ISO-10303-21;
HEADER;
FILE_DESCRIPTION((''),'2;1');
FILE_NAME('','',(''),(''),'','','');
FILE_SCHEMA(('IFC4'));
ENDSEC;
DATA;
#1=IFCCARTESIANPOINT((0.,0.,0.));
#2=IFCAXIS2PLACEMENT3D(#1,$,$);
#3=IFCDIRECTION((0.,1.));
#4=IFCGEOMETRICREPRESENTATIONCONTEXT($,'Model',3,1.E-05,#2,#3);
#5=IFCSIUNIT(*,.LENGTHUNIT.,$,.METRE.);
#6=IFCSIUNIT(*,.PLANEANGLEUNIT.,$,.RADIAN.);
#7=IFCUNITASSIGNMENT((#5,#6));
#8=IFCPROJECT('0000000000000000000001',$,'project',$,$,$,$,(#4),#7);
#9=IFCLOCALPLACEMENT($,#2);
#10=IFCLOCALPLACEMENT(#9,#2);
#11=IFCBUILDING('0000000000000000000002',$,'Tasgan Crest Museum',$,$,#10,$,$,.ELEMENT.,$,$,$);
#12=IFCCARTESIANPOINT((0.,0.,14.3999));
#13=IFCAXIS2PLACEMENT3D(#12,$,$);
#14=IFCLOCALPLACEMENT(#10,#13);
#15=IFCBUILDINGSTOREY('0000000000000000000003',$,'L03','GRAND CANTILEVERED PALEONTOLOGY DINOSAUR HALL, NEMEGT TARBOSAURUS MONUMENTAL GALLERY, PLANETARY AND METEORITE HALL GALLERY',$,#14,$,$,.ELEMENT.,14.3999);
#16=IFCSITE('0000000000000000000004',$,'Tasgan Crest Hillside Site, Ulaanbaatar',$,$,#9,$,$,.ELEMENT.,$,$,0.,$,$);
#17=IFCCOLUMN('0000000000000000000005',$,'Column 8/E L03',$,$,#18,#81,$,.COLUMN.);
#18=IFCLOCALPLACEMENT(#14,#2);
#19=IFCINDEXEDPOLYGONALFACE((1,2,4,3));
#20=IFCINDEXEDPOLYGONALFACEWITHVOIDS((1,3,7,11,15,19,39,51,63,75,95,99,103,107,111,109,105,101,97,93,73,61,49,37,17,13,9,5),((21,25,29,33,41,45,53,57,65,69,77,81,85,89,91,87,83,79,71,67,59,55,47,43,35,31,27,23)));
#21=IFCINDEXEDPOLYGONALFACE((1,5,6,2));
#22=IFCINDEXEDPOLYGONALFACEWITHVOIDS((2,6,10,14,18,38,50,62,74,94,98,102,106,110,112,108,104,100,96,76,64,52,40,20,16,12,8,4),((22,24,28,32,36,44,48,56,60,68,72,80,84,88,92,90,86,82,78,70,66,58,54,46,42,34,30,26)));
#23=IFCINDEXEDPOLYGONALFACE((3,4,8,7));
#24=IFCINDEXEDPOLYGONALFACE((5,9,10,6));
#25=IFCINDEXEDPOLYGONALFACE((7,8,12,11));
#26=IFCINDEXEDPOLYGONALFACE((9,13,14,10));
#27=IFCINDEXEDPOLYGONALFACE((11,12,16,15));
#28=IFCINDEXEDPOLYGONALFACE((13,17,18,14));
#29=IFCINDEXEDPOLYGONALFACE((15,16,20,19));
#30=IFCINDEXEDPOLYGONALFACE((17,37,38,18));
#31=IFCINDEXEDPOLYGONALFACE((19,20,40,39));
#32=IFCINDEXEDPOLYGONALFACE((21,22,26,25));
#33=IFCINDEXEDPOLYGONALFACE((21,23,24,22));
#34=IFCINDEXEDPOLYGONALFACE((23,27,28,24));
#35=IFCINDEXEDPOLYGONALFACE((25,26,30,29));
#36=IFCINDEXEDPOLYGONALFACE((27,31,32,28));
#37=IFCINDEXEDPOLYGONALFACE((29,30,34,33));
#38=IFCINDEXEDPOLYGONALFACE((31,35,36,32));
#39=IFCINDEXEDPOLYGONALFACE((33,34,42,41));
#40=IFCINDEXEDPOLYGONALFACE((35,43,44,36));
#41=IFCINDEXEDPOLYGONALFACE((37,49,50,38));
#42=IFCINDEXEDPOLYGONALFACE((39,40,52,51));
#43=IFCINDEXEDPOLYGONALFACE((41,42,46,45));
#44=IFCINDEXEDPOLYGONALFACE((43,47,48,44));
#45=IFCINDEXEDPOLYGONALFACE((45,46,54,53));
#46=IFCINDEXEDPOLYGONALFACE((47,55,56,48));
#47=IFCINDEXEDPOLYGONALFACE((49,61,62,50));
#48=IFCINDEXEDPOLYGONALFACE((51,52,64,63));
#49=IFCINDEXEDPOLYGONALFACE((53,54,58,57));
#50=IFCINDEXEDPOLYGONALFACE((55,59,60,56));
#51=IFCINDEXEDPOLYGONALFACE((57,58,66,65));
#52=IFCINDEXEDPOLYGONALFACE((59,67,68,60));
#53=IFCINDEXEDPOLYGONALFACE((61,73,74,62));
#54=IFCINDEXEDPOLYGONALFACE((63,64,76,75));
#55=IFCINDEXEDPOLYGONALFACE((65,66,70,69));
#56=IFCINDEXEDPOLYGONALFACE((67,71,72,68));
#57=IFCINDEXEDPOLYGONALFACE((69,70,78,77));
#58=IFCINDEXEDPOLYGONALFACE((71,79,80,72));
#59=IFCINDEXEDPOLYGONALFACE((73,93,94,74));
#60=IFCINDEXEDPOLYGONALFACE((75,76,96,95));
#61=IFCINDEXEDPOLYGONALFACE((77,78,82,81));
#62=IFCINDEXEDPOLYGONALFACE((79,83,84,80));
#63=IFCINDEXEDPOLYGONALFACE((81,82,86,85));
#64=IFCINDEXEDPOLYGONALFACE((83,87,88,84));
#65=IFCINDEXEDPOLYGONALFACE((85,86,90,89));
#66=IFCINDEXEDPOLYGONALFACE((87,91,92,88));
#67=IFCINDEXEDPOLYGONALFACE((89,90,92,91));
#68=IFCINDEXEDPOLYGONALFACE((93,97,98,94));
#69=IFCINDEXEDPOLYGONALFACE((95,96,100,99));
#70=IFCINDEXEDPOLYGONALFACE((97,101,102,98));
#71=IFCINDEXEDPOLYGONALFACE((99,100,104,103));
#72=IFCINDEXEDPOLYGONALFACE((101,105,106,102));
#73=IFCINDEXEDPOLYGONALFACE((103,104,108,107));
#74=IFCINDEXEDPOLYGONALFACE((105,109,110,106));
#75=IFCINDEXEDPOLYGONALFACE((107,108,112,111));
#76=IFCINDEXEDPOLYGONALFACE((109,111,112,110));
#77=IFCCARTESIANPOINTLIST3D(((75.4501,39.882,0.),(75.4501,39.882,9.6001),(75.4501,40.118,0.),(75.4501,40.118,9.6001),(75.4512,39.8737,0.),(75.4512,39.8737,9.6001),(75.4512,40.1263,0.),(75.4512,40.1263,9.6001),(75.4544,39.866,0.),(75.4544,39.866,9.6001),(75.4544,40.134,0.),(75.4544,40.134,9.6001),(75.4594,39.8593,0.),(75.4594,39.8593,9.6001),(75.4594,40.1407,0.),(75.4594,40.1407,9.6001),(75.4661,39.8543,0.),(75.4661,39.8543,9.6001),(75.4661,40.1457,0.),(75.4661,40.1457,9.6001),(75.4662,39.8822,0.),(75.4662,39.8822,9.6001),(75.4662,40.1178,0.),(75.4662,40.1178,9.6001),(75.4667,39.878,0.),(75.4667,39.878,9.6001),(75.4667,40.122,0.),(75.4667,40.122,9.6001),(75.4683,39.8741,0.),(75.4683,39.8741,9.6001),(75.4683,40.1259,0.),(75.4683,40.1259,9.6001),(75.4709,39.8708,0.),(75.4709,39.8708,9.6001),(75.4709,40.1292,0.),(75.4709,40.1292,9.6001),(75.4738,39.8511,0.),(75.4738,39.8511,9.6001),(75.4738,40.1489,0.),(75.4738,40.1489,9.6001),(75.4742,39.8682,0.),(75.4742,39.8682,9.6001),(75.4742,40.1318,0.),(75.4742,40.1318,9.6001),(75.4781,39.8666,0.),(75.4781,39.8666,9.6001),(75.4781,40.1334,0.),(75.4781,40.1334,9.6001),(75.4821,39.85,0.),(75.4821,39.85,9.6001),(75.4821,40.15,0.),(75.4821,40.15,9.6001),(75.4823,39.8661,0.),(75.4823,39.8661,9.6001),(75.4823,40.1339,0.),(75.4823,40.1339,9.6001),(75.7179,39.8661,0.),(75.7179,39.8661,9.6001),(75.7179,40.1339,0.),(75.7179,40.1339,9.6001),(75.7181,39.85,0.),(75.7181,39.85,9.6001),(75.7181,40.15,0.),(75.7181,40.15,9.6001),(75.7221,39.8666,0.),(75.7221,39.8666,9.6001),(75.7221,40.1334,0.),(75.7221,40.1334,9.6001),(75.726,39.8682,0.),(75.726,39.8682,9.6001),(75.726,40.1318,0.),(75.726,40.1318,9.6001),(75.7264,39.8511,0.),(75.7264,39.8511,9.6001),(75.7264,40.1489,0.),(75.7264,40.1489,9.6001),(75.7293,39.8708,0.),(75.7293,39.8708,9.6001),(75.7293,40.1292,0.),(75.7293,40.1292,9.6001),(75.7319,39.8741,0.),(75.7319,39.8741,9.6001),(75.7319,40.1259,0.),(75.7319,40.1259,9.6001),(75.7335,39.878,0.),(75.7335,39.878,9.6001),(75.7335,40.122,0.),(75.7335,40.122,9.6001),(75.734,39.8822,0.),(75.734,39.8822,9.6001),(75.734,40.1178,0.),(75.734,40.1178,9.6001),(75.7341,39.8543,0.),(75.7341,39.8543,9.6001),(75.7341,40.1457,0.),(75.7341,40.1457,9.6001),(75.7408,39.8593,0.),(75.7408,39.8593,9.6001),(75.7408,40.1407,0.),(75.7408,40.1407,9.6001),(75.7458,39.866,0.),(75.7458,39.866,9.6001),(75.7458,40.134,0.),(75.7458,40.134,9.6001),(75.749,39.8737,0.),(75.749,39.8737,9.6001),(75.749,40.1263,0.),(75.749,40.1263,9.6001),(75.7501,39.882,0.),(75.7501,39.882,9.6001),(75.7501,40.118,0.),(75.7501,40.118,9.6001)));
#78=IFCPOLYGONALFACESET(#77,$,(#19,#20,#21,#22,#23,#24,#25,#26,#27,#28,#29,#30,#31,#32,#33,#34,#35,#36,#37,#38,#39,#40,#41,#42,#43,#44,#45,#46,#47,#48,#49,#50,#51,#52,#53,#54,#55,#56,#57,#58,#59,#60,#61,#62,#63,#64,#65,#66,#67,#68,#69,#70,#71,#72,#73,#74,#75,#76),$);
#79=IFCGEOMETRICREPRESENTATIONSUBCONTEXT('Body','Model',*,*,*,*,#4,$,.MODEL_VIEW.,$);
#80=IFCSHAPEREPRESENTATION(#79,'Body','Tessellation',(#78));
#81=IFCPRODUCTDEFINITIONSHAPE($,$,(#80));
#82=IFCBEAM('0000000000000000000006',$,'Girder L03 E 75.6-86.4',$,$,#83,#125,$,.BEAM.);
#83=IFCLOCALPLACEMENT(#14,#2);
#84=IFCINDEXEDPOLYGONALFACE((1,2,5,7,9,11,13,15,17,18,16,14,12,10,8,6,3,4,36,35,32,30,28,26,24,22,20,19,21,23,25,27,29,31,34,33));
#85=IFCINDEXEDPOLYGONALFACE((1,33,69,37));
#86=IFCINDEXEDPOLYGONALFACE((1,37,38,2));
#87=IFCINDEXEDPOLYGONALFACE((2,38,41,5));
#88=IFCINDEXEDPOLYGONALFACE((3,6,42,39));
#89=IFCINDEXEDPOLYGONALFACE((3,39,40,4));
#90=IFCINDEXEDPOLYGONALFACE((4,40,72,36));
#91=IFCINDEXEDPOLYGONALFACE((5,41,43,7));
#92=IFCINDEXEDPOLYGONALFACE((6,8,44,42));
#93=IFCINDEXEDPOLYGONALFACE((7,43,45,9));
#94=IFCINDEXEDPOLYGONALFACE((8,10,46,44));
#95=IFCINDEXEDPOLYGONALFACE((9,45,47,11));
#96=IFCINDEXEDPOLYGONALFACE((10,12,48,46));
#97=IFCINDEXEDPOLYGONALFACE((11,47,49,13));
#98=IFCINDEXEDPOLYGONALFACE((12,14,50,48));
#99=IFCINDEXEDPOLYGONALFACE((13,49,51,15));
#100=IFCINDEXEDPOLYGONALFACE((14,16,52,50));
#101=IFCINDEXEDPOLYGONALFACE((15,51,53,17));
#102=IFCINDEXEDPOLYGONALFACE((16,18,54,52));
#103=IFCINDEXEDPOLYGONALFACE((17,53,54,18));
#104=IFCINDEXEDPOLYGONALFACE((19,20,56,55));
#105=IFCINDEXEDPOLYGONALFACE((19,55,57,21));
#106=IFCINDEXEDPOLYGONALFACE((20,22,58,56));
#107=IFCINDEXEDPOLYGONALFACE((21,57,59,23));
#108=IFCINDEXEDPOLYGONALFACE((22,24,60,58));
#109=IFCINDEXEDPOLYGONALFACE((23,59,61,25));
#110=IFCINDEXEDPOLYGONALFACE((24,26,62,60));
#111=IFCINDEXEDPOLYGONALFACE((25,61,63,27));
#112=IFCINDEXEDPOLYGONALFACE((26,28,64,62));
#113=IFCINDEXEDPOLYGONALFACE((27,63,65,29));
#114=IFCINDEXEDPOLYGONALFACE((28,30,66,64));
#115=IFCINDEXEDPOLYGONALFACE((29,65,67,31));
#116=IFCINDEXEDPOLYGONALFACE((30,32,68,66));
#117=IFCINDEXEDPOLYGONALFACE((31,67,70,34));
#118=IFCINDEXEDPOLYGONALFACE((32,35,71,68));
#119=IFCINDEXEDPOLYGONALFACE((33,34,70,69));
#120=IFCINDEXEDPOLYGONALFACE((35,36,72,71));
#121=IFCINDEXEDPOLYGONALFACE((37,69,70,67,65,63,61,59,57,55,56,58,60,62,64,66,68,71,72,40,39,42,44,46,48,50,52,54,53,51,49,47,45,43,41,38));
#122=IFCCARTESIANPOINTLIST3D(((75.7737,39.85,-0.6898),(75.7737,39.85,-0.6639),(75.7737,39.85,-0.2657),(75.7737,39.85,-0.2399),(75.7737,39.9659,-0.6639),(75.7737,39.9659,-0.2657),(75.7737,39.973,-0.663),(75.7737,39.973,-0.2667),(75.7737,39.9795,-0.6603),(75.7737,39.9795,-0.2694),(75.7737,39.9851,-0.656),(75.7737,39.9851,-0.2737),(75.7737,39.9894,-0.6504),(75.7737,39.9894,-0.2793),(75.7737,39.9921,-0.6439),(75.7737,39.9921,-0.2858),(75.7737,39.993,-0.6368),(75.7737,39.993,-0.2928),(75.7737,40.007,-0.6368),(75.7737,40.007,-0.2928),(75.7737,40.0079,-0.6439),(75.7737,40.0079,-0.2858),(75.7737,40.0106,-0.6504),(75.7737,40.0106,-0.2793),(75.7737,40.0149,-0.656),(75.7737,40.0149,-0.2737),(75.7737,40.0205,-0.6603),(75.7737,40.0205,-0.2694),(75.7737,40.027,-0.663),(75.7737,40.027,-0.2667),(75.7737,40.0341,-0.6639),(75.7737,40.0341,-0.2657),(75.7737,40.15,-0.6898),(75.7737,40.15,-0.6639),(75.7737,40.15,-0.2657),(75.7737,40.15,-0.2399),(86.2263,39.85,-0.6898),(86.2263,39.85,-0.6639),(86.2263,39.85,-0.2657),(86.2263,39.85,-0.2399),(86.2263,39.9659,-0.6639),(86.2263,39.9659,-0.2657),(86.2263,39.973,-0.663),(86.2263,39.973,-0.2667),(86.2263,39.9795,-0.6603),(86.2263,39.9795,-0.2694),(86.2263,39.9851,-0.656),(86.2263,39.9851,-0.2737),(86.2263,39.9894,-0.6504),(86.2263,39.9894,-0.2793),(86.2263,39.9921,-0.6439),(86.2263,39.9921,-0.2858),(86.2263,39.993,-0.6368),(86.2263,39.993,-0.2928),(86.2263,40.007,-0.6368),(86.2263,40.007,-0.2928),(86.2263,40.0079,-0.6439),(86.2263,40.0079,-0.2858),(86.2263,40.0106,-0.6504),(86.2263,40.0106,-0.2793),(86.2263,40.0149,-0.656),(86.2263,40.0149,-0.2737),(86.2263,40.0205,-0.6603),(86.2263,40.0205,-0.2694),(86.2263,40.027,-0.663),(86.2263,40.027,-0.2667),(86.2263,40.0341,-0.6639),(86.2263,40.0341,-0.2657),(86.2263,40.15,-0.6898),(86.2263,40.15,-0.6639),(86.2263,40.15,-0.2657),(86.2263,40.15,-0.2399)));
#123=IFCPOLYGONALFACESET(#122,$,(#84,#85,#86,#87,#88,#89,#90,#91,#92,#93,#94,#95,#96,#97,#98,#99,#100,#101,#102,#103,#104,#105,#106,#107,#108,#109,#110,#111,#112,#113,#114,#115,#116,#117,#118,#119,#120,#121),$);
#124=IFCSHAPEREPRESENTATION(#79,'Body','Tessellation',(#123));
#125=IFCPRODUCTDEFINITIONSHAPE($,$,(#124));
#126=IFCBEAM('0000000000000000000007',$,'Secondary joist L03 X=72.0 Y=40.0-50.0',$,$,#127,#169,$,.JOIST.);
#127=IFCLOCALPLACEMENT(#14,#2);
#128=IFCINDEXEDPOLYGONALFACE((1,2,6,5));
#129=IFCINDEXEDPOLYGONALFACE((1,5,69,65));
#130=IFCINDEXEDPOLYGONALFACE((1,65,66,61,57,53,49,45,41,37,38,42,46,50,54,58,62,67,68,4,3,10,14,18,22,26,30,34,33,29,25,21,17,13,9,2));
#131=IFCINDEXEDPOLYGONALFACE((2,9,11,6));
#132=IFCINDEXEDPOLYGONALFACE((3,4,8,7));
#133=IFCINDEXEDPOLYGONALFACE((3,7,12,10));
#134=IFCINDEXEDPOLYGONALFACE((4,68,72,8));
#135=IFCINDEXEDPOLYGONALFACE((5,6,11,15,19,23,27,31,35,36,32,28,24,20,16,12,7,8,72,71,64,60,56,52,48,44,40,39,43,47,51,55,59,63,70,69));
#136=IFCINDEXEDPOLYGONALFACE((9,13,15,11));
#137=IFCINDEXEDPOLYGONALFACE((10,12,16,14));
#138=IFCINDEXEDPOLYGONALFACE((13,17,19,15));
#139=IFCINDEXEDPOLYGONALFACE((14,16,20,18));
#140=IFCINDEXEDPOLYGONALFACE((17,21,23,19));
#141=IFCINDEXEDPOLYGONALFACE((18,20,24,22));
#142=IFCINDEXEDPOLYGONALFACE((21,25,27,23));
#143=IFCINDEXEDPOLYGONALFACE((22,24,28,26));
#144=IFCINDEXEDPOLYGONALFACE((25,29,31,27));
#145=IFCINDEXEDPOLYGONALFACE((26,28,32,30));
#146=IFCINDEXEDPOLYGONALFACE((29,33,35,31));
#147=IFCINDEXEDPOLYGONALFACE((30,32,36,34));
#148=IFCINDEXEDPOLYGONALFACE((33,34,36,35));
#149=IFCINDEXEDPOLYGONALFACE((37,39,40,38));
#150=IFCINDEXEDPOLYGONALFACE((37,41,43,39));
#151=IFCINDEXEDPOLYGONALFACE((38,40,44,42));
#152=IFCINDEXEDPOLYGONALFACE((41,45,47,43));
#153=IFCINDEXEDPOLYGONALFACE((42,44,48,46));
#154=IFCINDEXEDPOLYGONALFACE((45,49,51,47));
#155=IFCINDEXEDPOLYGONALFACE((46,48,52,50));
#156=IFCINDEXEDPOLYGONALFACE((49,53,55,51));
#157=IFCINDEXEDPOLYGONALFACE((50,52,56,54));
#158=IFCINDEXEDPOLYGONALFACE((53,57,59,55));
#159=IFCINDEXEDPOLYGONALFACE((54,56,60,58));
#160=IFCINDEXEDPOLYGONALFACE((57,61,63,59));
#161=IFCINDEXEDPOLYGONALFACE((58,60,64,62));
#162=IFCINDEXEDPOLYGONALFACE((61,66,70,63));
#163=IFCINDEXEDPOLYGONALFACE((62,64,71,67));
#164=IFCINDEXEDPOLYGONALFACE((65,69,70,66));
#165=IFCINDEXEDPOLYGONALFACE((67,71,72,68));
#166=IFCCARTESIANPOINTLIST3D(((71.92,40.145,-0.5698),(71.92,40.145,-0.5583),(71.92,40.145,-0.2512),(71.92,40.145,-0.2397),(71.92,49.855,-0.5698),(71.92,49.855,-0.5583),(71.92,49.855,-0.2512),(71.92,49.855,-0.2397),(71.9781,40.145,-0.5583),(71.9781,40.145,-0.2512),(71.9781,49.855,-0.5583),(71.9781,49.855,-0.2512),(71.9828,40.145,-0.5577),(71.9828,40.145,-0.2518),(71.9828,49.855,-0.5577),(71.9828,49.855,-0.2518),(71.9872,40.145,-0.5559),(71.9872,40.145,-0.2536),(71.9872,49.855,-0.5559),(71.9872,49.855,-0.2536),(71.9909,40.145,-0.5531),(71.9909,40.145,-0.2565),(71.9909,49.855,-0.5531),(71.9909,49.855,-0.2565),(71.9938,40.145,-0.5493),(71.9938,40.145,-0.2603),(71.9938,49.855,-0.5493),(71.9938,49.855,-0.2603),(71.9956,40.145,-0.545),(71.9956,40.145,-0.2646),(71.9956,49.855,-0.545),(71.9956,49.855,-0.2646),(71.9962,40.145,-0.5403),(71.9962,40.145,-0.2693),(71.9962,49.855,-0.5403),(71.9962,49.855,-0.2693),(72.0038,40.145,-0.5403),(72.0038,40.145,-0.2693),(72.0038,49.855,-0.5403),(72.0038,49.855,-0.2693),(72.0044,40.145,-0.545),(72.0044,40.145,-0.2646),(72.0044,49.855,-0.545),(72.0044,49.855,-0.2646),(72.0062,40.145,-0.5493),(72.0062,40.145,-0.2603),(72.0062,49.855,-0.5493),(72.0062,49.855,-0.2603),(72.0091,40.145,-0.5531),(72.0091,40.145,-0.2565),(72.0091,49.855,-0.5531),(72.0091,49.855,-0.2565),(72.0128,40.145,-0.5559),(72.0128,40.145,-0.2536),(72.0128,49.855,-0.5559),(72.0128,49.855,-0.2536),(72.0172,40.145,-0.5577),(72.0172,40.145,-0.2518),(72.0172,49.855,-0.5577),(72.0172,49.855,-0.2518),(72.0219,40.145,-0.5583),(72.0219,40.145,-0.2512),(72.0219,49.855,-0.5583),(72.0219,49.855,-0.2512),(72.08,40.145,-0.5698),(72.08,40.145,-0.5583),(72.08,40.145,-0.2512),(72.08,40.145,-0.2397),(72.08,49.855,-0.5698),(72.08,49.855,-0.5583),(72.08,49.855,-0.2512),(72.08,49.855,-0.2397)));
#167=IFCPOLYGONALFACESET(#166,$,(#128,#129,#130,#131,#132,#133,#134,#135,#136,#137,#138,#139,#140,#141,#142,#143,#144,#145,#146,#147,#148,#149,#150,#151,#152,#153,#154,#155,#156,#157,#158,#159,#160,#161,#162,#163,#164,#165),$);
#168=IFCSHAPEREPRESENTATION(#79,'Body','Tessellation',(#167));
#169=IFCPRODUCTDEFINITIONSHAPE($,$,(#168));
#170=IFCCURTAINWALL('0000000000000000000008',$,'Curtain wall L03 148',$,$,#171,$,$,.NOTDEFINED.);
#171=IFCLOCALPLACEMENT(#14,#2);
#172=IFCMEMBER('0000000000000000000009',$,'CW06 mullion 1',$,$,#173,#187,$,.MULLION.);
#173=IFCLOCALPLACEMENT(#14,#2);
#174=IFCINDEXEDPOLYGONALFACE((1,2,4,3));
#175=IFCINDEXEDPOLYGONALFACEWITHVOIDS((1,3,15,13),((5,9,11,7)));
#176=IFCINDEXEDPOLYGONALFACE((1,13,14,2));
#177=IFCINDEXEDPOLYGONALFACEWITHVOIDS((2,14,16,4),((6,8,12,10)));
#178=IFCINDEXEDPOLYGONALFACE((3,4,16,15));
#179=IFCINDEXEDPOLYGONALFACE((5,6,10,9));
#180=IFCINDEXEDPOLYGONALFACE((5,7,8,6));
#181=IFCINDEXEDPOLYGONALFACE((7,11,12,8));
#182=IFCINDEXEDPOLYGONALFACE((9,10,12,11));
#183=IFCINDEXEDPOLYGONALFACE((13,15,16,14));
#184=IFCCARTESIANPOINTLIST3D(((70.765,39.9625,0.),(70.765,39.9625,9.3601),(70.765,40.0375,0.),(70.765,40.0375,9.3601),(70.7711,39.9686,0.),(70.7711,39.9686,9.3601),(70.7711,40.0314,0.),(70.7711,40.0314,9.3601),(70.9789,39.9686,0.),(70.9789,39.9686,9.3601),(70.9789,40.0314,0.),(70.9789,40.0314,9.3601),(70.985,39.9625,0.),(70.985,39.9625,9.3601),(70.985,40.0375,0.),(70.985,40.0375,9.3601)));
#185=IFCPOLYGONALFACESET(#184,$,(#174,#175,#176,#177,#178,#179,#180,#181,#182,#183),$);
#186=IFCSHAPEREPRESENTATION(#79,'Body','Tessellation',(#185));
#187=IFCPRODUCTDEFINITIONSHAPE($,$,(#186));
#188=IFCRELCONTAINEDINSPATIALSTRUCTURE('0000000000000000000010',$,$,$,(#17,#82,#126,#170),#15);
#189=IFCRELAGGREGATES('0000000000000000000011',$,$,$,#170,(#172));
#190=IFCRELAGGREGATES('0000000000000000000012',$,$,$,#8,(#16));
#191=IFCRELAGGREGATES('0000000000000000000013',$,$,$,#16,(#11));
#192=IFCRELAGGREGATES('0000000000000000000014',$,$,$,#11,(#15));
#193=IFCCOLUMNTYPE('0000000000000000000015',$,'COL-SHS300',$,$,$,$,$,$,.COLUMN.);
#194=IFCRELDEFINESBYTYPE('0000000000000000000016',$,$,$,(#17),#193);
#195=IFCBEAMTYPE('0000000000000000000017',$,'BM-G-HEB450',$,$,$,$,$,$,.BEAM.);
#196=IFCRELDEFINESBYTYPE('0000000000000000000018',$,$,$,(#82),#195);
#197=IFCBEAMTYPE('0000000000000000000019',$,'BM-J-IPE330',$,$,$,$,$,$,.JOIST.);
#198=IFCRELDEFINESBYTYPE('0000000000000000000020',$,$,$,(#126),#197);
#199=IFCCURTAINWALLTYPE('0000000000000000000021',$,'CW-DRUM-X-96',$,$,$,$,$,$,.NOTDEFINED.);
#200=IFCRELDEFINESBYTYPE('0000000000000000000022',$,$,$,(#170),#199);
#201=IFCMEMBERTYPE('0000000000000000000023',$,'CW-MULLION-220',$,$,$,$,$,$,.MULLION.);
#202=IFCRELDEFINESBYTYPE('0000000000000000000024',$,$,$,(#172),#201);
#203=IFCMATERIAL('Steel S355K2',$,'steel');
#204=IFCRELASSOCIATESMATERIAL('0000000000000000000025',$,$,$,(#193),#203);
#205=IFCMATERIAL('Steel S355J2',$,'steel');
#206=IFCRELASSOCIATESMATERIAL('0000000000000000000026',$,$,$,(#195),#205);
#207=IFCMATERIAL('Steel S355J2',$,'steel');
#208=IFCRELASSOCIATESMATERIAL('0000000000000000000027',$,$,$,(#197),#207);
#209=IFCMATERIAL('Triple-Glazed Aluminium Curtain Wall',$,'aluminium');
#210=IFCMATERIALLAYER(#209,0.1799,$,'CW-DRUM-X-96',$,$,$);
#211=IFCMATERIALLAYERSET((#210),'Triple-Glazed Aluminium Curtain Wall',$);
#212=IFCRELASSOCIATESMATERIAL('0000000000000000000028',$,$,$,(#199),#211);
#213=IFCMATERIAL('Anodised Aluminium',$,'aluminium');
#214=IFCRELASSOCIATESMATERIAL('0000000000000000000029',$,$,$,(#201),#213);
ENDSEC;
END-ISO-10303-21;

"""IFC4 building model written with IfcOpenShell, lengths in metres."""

from ifc_helpers import new_model, si_unit, direction, frame, origin, origin_2d, place, context, subcontext, project, spatial, hollow_rectangle, i_section, extrude, material, layer, layer_set, material_profile, profile_set, type_object, element, aggregate, save


model = new_model("IFC4")

# Units and contexts
model_context = context("Model", 3, precision=1e-05, world=origin(), true_north=direction((0.0, 1.0)))
body_context = subcontext(model_context, "Body", "Model", "MODEL_VIEW")
ifc_project = project(units=[si_unit("LENGTHUNIT", "METRE"), si_unit("PLANEANGLEUNIT", "RADIAN")], contexts=[model_context])

# Site, building, storey
site_placement = place(None, origin())
site = spatial("IfcSite", under=ifc_project, at=site_placement, Name="Tasgan Crest Hillside Site, Ulaanbaatar", CompositionType="ELEMENT", RefElevation=0.0)
building_placement = place(site_placement, origin())
building = spatial("IfcBuilding", under=site, at=building_placement, Name="Tasgan Crest Museum", CompositionType="ELEMENT")
storey_placement = place(building_placement, frame((0.0, 0.0, 14.3999)))
storey = spatial("IfcBuildingStorey", under=building, at=storey_placement, Name="L03", Description="GRAND CANTILEVERED PALEONTOLOGY DINOSAUR HALL, NEMEGT TARBOSAURUS MONUMENTAL GALLERY, PLANETARY AND METEORITE HALL GALLERY", CompositionType="ELEMENT", Elevation=14.3999)

# Column
ifc_material_1 = material(Name="Steel S355K2", Category="steel")
ifc_material_profile_1 = material_profile(ifc_material_1, hollow_rectangle(XDim=0.3, YDim=0.3, WallThickness=0.0161, InnerFilletRadius=0.0161, OuterFilletRadius=0.032, at=origin_2d()), Name="SHS 300x300x16")
ifc_profile_set_1 = profile_set([ifc_material_profile_1], Name="Steel S355K2")
column_type = type_object("IfcColumnType", Name="COL-SHS300", PredefinedType="COLUMN", material=ifc_profile_set_1)
column_placement = place(storey_placement, frame((75.6001, 40.0, 0.0), z_axis=(0.0, 0.0, 1.0), x_axis=(1.0, 0.0, 0.0)))
element("IfcColumn", 1, at=column_placement, inside=storey, type_object=column_type, Name="Column 8/E L03", PredefinedType="COLUMN", context=body_context, shape_type="SweptSolid", body=[
    extrude(hollow_rectangle(XDim=0.3, YDim=0.3, WallThickness=0.0161, InnerFilletRadius=0.0161, OuterFilletRadius=0.032, at=origin_2d()), origin(), (0.0, 0.0, 1.0), 9.6001),
])

# Beams
ifc_material_2 = material(Name="Steel S355J2", Category="steel")
ifc_material_profile_2 = material_profile(ifc_material_2, i_section(OverallWidth=0.3, OverallDepth=0.45, WebThickness=0.0139, FlangeThickness=0.0259, FilletRadius=0.0271, at=origin_2d()), Name="HEB 450")
ifc_profile_set_2 = profile_set([ifc_material_profile_2], Name="Steel S355J2")
beam_type_1 = type_object("IfcBeamType", Name="BM-G-HEB450", PredefinedType="BEAM", material=ifc_profile_set_2)
beam_1_placement = place(storey_placement, frame((75.7737, 40.0, -0.4648), z_axis=(1.0, 0.0, 0.0), x_axis=(0.0, 1.0, 0.0)))
element("IfcBeam", 2, at=beam_1_placement, inside=storey, type_object=beam_type_1, Name="Girder L03 E 75.6-86.4", PredefinedType="BEAM", context=body_context, shape_type="SweptSolid", body=[
    extrude(i_section(OverallWidth=0.3, OverallDepth=0.45, WebThickness=0.0139, FlangeThickness=0.0259, FilletRadius=0.0271, at=origin_2d()), origin(), (0.0, 0.0, 1.0), 10.4526),
])
ifc_material_3 = material(Name="Steel S355J2", Category="steel")
ifc_material_profile_3 = material_profile(ifc_material_3, i_section(OverallWidth=0.1599, OverallDepth=0.3301, WebThickness=0.0076, FlangeThickness=0.0115, FilletRadius=0.0181, at=origin_2d()), Name="IPE 330")
ifc_profile_set_3 = profile_set([ifc_material_profile_3], Name="Steel S355J2")
beam_type_2 = type_object("IfcBeamType", Name="BM-J-IPE330", PredefinedType="JOIST", material=ifc_profile_set_3)
beam_2_placement = place(storey_placement, frame((72.0, 40.145, -0.4048), z_axis=(0.0, 1.0, 0.0), x_axis=(-1.0, 0.0, 0.0)))
element("IfcBeam", 3, at=beam_2_placement, inside=storey, type_object=beam_type_2, Name="Secondary joist L03 X=72.0 Y=40.0-50.0", PredefinedType="JOIST", context=body_context, shape_type="SweptSolid", body=[
    extrude(i_section(OverallWidth=0.1599, OverallDepth=0.3301, WebThickness=0.0076, FlangeThickness=0.0115, FilletRadius=0.0181, at=origin_2d()), origin(), (0.0, 0.0, 1.0), 9.71),
])

# Curtain wall, member
ifc_material_4 = material(Name="Triple-Glazed Aluminium Curtain Wall", Category="aluminium")
ifc_layer_1 = layer(ifc_material_4, 0.1799, Name="CW-DRUM-X-96")
ifc_layer_set_1 = layer_set([ifc_layer_1], Name="Triple-Glazed Aluminium Curtain Wall")
curtain_wall_type = type_object("IfcCurtainWallType", Name="CW-DRUM-X-96", PredefinedType="NOTDEFINED", material=ifc_layer_set_1)
curtain_wall_1_placement = place(storey_placement, origin())
curtain_wall_1 = element("IfcCurtainWall", 4, at=curtain_wall_1_placement, inside=storey, type_object=curtain_wall_type, Name="Curtain wall L03 148", PredefinedType="NOTDEFINED")
ifc_material_5 = material(Name="Anodised Aluminium", Category="aluminium")
ifc_material_profile_4 = material_profile(ifc_material_5, hollow_rectangle(XDim=0.075, YDim=0.22, WallThickness=0.0061, at=origin_2d()), Name="ALU MULLION 220x75x6")
ifc_profile_set_4 = profile_set([ifc_material_profile_4], Name="Anodised Aluminium")
member_type_1 = type_object("IfcMemberType", Name="CW-MULLION-220", PredefinedType="MULLION", material=ifc_profile_set_4)
member_1_placement = place(storey_placement, frame((70.875, 40.0, 0.0), z_axis=(0.0, 0.0, 1.0), x_axis=(0.0, 1.0, 0.0)))
member_1 = element("IfcMember", 5, at=member_1_placement, type_object=member_type_1, Name="CW06 mullion 1", PredefinedType="MULLION", context=body_context, shape_type="SweptSolid", body=[
    extrude(hollow_rectangle(XDim=0.075, YDim=0.22, WallThickness=0.0061, at=origin_2d()), origin(), (0.0, 0.0, 1.0), 9.3601),
])

aggregate(curtain_wall_1, [member_1])

save(model, "model.ifc")
